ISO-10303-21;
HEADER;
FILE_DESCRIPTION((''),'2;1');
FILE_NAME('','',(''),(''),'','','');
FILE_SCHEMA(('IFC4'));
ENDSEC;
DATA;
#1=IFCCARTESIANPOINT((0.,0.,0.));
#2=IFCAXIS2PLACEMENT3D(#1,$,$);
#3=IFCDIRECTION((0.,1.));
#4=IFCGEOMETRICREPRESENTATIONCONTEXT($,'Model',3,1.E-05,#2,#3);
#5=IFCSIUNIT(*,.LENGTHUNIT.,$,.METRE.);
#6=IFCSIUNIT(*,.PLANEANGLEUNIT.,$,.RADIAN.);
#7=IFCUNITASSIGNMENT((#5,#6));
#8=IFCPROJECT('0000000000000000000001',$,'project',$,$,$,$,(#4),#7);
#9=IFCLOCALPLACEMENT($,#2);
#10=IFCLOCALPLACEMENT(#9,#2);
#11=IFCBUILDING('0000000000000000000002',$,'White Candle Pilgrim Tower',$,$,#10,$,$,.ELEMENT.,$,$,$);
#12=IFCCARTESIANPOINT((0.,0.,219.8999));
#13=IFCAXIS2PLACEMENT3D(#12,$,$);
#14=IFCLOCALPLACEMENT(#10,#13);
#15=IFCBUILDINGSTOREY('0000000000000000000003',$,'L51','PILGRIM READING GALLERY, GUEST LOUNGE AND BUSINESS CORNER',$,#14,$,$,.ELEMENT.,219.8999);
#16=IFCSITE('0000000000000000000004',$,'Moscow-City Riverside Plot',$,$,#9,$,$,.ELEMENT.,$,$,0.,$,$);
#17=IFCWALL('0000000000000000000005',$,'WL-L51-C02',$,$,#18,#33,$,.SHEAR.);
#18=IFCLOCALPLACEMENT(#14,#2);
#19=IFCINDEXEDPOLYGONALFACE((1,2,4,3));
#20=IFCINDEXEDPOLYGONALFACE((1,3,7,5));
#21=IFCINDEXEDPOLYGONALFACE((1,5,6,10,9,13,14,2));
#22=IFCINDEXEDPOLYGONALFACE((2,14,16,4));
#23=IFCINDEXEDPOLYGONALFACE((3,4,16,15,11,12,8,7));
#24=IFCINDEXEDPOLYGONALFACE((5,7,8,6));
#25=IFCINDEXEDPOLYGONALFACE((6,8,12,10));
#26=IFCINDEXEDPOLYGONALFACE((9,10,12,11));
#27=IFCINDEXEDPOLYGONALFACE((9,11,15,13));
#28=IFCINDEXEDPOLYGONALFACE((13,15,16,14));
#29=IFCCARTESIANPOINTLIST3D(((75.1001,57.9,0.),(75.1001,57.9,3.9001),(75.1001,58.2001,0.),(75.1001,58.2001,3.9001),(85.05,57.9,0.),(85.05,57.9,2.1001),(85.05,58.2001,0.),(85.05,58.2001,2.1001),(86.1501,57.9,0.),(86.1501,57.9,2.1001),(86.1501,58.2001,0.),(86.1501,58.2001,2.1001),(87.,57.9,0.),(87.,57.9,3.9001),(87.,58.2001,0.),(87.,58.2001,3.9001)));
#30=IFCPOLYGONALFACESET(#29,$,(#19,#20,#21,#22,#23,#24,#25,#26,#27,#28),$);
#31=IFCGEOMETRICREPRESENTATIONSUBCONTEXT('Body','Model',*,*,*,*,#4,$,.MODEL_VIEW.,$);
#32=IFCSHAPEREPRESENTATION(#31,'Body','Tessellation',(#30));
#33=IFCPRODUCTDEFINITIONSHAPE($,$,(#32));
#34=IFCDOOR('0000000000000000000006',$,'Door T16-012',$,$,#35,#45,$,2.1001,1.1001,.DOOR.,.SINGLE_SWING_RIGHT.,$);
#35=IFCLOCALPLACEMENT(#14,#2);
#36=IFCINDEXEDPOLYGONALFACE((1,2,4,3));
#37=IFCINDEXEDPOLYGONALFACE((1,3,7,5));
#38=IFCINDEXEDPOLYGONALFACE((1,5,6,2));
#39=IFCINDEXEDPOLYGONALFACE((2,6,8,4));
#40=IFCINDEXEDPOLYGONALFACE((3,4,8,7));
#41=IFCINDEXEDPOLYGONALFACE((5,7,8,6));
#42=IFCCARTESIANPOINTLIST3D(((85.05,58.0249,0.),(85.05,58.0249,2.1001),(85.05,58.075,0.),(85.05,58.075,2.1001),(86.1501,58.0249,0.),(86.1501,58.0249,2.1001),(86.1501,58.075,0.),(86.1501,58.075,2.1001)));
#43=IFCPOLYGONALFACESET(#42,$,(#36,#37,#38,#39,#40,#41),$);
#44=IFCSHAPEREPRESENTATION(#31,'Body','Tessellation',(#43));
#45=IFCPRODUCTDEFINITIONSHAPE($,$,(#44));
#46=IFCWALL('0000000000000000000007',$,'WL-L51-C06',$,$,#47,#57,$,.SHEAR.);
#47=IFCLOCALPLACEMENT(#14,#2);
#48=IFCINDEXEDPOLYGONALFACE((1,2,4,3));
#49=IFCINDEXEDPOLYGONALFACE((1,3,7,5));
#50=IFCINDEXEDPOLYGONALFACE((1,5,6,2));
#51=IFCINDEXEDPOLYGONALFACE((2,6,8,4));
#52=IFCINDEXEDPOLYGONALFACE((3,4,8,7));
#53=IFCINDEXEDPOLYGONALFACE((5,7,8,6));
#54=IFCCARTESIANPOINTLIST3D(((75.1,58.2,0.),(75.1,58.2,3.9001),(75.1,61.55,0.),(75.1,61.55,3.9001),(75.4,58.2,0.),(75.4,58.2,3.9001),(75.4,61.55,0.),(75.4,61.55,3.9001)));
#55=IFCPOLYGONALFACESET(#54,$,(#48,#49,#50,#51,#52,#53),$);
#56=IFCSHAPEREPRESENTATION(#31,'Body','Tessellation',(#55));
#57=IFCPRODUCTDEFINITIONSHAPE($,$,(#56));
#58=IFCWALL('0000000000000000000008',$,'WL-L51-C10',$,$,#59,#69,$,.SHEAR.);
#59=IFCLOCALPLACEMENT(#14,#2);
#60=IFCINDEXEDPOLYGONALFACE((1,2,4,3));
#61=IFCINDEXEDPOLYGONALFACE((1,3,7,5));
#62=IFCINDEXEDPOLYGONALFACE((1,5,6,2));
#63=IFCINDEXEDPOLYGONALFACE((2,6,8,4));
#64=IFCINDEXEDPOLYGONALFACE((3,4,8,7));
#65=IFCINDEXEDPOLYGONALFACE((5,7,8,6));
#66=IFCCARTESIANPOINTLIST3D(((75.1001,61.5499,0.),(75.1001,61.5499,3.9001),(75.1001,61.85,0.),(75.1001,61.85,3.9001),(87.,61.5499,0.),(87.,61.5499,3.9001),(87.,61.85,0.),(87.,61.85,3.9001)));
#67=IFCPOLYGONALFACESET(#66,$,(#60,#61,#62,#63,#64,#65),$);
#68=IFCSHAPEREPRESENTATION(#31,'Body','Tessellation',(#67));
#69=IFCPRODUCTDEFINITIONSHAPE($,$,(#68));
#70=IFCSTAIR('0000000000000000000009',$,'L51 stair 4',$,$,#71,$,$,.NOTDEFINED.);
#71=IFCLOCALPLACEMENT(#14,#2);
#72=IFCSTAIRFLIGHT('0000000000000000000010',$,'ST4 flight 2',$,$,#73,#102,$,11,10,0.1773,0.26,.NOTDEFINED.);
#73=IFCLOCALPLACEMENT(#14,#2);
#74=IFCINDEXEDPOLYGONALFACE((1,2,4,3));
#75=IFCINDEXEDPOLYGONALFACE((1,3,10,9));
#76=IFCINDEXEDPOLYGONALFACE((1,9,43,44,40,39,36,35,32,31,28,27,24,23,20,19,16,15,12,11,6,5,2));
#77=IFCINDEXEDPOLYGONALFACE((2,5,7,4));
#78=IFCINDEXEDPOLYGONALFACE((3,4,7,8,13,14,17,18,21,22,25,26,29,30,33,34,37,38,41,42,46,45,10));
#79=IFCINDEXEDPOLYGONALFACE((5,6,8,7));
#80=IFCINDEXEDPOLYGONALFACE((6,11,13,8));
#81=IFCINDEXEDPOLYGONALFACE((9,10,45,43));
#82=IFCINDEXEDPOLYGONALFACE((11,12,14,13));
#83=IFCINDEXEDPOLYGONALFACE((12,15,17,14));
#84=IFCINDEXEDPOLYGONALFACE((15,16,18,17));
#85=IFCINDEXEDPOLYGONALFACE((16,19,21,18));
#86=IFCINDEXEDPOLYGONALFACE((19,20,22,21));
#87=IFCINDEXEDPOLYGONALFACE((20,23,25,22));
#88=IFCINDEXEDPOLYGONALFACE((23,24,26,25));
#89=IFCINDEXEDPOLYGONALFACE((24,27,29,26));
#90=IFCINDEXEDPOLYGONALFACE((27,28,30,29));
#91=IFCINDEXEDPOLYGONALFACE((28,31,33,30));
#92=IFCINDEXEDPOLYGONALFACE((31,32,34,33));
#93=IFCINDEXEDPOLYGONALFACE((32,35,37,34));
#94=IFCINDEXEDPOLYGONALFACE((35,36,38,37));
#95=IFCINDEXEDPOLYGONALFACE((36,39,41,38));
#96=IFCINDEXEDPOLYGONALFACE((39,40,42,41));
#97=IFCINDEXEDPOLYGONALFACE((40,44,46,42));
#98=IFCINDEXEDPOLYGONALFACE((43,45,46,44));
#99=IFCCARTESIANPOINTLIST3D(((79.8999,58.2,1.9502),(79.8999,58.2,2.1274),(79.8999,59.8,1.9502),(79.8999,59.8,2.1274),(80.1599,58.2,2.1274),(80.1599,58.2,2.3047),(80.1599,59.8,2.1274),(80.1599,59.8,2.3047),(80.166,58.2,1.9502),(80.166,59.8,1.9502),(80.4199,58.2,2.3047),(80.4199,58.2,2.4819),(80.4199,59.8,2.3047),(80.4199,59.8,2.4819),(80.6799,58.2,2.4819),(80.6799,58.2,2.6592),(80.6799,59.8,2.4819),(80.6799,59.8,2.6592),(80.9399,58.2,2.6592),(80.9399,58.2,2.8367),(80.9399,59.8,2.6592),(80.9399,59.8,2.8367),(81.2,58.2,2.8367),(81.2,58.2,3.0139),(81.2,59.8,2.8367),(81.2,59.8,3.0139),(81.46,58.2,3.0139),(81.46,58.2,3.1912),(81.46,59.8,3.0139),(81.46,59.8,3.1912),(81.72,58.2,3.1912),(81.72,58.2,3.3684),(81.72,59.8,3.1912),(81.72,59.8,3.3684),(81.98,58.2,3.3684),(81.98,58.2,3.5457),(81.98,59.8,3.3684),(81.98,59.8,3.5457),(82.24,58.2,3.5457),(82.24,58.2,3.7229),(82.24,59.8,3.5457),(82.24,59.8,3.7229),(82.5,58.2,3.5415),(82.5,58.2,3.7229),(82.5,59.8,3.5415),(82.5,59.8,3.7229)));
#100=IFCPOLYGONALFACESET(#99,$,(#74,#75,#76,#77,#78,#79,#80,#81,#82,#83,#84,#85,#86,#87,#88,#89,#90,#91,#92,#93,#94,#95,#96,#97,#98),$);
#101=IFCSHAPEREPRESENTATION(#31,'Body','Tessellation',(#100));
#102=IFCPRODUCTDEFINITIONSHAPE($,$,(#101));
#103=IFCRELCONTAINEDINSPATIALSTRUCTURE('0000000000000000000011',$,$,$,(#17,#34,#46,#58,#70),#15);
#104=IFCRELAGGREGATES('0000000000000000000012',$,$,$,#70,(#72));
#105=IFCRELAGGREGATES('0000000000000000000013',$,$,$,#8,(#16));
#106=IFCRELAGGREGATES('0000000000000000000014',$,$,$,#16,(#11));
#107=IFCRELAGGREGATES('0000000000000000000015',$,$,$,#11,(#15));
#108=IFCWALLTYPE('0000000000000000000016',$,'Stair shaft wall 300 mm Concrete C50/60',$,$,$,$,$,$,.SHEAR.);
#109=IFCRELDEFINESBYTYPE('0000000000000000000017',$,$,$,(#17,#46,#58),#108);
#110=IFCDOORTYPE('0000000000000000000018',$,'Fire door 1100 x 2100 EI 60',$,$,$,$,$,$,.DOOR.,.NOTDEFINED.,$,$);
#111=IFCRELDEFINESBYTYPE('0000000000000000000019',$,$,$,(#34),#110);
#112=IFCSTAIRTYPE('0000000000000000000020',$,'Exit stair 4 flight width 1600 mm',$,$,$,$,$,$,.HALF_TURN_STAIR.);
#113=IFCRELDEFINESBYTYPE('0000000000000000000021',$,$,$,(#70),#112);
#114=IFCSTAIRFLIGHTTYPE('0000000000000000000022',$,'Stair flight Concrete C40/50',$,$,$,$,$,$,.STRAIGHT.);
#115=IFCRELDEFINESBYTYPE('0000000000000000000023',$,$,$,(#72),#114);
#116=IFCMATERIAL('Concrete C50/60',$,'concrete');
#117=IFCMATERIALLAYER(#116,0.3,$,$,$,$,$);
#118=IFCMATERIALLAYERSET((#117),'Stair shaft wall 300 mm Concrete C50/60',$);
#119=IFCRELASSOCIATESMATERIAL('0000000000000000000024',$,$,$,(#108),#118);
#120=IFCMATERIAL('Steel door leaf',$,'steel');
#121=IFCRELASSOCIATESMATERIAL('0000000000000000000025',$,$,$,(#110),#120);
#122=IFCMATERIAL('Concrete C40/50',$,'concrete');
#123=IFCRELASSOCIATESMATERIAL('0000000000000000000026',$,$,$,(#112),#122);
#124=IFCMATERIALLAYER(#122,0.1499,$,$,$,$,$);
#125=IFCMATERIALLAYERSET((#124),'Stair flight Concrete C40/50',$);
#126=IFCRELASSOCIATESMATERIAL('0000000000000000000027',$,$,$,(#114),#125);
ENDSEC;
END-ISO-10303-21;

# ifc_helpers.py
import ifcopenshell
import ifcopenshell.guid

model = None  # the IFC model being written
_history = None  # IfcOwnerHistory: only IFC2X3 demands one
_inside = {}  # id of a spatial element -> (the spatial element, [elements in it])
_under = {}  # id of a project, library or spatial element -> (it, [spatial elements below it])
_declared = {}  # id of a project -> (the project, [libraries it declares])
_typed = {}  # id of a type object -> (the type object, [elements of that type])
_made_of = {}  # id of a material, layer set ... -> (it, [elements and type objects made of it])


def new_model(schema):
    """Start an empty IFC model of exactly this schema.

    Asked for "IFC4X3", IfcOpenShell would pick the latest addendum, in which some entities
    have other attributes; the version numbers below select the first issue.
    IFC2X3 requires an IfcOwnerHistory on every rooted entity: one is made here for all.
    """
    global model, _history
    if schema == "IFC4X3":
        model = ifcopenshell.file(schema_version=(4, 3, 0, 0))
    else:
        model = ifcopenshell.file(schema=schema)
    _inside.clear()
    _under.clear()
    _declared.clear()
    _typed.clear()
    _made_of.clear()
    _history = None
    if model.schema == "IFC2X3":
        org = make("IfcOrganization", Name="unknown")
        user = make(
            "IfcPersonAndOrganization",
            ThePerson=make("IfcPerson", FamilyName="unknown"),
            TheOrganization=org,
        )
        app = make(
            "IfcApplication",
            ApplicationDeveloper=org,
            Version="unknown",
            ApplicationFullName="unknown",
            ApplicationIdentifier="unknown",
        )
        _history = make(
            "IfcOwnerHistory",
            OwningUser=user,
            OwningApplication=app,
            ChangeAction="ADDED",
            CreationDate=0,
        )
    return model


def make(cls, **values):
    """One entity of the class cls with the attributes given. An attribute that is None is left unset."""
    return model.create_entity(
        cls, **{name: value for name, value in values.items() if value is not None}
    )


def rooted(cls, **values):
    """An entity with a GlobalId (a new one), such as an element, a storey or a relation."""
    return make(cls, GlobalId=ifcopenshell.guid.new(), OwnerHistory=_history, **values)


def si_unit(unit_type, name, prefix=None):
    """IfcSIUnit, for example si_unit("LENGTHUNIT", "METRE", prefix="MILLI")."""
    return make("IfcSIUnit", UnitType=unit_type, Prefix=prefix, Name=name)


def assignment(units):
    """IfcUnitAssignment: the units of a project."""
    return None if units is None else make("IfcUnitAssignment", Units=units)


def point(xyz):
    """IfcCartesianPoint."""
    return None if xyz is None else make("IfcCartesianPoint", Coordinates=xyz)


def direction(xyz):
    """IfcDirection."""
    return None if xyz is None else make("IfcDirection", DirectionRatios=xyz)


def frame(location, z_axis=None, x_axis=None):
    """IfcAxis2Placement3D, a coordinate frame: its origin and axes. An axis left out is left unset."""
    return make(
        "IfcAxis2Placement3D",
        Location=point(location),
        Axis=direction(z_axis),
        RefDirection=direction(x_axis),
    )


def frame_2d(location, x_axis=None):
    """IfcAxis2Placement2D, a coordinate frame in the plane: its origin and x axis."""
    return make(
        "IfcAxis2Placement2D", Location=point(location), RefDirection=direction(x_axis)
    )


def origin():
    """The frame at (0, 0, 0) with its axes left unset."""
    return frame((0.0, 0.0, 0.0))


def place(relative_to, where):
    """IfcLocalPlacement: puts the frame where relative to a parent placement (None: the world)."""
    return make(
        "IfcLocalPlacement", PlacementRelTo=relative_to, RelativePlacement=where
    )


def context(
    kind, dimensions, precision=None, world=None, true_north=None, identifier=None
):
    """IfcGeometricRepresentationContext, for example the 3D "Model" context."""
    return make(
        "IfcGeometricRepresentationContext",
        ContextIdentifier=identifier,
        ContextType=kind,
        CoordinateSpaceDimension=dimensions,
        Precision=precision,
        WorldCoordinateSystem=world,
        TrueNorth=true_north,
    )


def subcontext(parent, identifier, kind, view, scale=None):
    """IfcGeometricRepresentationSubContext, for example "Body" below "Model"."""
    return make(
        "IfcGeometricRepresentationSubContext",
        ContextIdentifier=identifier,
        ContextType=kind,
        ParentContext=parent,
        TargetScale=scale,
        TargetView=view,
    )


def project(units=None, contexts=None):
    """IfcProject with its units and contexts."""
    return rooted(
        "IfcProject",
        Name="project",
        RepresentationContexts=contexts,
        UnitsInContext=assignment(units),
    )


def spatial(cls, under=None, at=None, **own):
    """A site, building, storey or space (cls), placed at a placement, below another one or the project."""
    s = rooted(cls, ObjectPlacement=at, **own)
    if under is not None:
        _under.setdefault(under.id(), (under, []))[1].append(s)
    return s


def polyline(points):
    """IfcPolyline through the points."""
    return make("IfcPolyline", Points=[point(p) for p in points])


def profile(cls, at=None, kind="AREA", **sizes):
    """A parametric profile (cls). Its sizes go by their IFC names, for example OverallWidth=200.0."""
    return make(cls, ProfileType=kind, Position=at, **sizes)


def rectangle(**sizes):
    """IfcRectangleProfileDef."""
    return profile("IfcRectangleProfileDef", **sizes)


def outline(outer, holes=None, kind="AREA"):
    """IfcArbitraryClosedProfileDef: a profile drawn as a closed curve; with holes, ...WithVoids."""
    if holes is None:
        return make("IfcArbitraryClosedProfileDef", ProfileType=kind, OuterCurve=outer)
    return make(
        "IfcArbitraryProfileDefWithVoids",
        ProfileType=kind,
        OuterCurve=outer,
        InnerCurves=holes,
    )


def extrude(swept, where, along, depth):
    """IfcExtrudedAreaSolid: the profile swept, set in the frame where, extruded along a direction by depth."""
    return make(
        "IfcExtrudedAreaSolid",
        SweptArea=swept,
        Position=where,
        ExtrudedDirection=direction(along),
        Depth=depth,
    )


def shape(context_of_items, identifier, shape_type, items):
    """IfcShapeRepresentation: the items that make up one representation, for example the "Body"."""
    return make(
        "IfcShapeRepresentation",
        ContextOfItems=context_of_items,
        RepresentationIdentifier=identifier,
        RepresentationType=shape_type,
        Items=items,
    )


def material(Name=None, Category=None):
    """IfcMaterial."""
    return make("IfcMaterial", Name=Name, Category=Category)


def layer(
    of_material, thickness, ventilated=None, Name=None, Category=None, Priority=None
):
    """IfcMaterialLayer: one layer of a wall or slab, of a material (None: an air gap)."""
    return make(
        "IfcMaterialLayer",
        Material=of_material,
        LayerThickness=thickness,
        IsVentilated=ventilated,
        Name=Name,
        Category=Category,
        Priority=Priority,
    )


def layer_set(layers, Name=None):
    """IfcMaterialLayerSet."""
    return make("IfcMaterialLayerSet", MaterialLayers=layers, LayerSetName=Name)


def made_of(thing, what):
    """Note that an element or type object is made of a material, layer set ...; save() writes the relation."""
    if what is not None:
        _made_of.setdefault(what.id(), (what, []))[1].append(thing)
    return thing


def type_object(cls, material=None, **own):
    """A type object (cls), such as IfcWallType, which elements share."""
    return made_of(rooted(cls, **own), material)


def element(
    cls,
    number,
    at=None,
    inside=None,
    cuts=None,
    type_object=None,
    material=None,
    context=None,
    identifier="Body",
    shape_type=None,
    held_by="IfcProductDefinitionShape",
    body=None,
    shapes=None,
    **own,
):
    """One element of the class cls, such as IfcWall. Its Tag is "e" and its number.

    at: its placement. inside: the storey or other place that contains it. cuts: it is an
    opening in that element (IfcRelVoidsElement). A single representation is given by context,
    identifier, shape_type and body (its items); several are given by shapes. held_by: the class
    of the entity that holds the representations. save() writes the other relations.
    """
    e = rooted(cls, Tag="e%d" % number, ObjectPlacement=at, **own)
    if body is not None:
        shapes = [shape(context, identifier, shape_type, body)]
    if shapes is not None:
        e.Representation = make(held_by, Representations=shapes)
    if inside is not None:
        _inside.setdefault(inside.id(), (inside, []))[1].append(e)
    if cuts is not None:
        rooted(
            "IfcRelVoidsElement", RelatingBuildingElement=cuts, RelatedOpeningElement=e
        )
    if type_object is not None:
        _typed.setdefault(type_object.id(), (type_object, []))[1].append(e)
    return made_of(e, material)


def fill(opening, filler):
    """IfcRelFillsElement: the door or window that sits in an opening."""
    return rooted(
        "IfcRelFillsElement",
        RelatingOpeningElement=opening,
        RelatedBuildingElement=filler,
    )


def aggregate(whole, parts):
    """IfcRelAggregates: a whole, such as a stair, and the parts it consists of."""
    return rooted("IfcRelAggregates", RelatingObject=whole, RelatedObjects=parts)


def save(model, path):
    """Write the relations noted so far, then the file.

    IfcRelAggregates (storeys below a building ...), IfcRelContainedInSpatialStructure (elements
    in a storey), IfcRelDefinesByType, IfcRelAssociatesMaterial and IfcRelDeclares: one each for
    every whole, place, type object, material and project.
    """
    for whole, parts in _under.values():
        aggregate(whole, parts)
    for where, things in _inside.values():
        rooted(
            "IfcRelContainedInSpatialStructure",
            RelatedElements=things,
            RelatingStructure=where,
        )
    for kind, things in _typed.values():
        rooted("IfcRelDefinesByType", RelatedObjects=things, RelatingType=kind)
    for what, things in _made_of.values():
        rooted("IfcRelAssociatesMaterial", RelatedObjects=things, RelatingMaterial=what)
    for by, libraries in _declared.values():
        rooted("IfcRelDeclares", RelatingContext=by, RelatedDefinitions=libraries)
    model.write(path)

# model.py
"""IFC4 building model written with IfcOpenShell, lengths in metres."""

from ifc_helpers import new_model, si_unit, direction, frame, frame_2d, origin, place, context, subcontext, project, spatial, polyline, rectangle, outline, extrude, material, layer, layer_set, type_object, element, fill, aggregate, save


model = new_model("IFC4")

# Units and contexts
model_context = context("Model", 3, precision=1e-05, world=origin(), true_north=direction((0.0, 1.0)))
body_context = subcontext(model_context, "Body", "Model", "MODEL_VIEW")
ifc_project = project(units=[si_unit("LENGTHUNIT", "METRE"), si_unit("PLANEANGLEUNIT", "RADIAN")], contexts=[model_context])

# Site, building, storey
site_placement = place(None, origin())
site = spatial("IfcSite", under=ifc_project, at=site_placement, Name="Moscow-City Riverside Plot", CompositionType="ELEMENT", RefElevation=0.0)
building_placement = place(site_placement, origin())
building = spatial("IfcBuilding", under=site, at=building_placement, Name="White Candle Pilgrim Tower", CompositionType="ELEMENT")
storey_placement = place(building_placement, frame((0.0, 0.0, 219.8999)))
storey = spatial("IfcBuildingStorey", under=building, at=storey_placement, Name="L51", Description="PILGRIM READING GALLERY, GUEST LOUNGE AND BUSINESS CORNER", CompositionType="ELEMENT", Elevation=219.8999)

# Shared definitions
ifc_material_1 = material(Name="Steel door leaf", Category="steel")

# Wall, opening, door
ifc_material_2 = material(Name="Concrete C50/60", Category="concrete")
ifc_layer_1 = layer(ifc_material_2, 0.3)
ifc_layer_set_1 = layer_set([ifc_layer_1], Name="Stair shaft wall 300 mm Concrete C50/60")
wall_type_1 = type_object("IfcWallType", Name="Stair shaft wall 300 mm Concrete C50/60", PredefinedType="SHEAR", material=ifc_layer_set_1)
wall_1_placement = place(storey_placement, frame((75.1001, 58.05, 0.0), z_axis=(0.0, 0.0, 1.0), x_axis=(1.0, 0.0, 0.0)))
wall_1 = element("IfcWall", 1, at=wall_1_placement, inside=storey, type_object=wall_type_1, Name="WL-L51-C02", PredefinedType="SHEAR", context=body_context, shape_type="SweptSolid", body=[
    extrude(rectangle(XDim=11.8999, YDim=0.3, at=frame_2d((5.95, 0.0))), origin(), (0.0, 0.0, 1.0), 3.9001),
])
opening_1_placement = place(wall_1_placement, frame((9.95, 0.0, 0.0)))
opening_1 = element("IfcOpeningElement", 2, at=opening_1_placement, cuts=wall_1, PredefinedType="OPENING", context=body_context, shape_type="SweptSolid", body=[
    extrude(rectangle(XDim=1.1001, YDim=2.1001, at=frame_2d((0.55, 1.05))), frame((0.0, 0.1599, 0.0), z_axis=(0.0, -1.0, 0.0), x_axis=(1.0, 0.0, 0.0)), (0.0, 0.0, 1.0), 0.3201),
])
door_type_1 = type_object("IfcDoorType", Name="Fire door 1100 x 2100 EI 60", OperationType="NOTDEFINED", PredefinedType="DOOR", material=ifc_material_1)
door_1_placement = place(opening_1_placement, origin())
door_1 = element("IfcDoor", 3, at=door_1_placement, inside=storey, type_object=door_type_1, Name="Door T16-012", OperationType="SINGLE_SWING_RIGHT", OverallHeight=2.1001, OverallWidth=1.1001, PredefinedType="DOOR", context=body_context, shape_type="SweptSolid", body=[
    extrude(rectangle(XDim=1.1001, YDim=2.1001, at=frame_2d((0.55, 1.05))), frame((0.0, 0.0249, 0.0), z_axis=(0.0, -1.0, 0.0), x_axis=(1.0, 0.0, 0.0)), (0.0, 0.0, 1.0), 0.05),
])
fill(opening_1, door_1)

# Walls
wall_2_placement = place(storey_placement, frame((75.25, 58.2, 0.0), z_axis=(0.0, 0.0, 1.0), x_axis=(0.0, 1.0, 0.0)))
element("IfcWall", 4, at=wall_2_placement, inside=storey, type_object=wall_type_1, Name="WL-L51-C06", PredefinedType="SHEAR", context=body_context, shape_type="SweptSolid", body=[
    extrude(rectangle(XDim=3.3501, YDim=0.3, at=frame_2d((1.675, 0.0))), origin(), (0.0, 0.0, 1.0), 3.9001),
])
wall_3_placement = place(storey_placement, frame((75.1001, 61.7, 0.0), z_axis=(0.0, 0.0, 1.0), x_axis=(1.0, 0.0, 0.0)))
element("IfcWall", 5, at=wall_3_placement, inside=storey, type_object=wall_type_1, Name="WL-L51-C10", PredefinedType="SHEAR", context=body_context, shape_type="SweptSolid", body=[
    extrude(rectangle(XDim=11.8999, YDim=0.3, at=frame_2d((5.95, 0.0))), origin(), (0.0, 0.0, 1.0), 3.9001),
])

# Stair, stair flight
ifc_material_3 = material(Name="Concrete C40/50", Category="concrete")
stair_type = type_object("IfcStairType", Name="Exit stair 4 flight width 1600 mm", PredefinedType="HALF_TURN_STAIR", material=ifc_material_3)
stair_placement = place(storey_placement, origin())
stair = element("IfcStair", 6, at=stair_placement, inside=storey, type_object=stair_type, Name="L51 stair 4", PredefinedType="NOTDEFINED")
ifc_layer_2 = layer(ifc_material_3, 0.1499)
ifc_layer_set_2 = layer_set([ifc_layer_2], Name="Stair flight Concrete C40/50")
stair_flight_type = type_object("IfcStairFlightType", Name="Stair flight Concrete C40/50", PredefinedType="STRAIGHT", material=ifc_layer_set_2)
stair_flight_placement = place(storey_placement, frame((79.8999, 59.0, 1.9502), z_axis=(0.0, 0.0, 1.0), x_axis=(1.0, 0.0, 0.0)))
stair_flight = element("IfcStairFlight", 7, at=stair_flight_placement, type_object=stair_flight_type, Name="ST4 flight 2", NumberOfRisers=11, NumberOfTreads=10, PredefinedType="NOTDEFINED", RiserHeight=0.1773, TreadLength=0.26, context=body_context, shape_type="SweptSolid", body=[
    extrude(outline(polyline([(0.0, 0.0), (0.0, 0.1772), (0.26, 0.1772), (0.26, 0.3545), (0.52, 0.3545), (0.52, 0.5317), (0.78, 0.5317), (0.78, 0.709), (1.04, 0.709), (1.04, 0.8865), (1.3, 0.8865), (1.3, 1.0637), (1.5601, 1.0637), (1.5601, 1.241), (1.8201, 1.241), (1.8201, 1.4182), (2.0801, 1.4182), (2.0801, 1.5955), (2.3401, 1.5955), (2.3401, 1.7727), (2.6001, 1.7727), (2.6001, 1.95), (2.6001, 1.5913), (0.2661, 0.0), (0.0, 0.0)])), frame((0.0, 0.8, 0.0), z_axis=(0.0, -1.0, 0.0), x_axis=(1.0, 0.0, 0.0)), (0.0, 0.0, 1.0), 1.6001),
])
aggregate(stair, [stair_flight])

save(model, "model.ifc")
